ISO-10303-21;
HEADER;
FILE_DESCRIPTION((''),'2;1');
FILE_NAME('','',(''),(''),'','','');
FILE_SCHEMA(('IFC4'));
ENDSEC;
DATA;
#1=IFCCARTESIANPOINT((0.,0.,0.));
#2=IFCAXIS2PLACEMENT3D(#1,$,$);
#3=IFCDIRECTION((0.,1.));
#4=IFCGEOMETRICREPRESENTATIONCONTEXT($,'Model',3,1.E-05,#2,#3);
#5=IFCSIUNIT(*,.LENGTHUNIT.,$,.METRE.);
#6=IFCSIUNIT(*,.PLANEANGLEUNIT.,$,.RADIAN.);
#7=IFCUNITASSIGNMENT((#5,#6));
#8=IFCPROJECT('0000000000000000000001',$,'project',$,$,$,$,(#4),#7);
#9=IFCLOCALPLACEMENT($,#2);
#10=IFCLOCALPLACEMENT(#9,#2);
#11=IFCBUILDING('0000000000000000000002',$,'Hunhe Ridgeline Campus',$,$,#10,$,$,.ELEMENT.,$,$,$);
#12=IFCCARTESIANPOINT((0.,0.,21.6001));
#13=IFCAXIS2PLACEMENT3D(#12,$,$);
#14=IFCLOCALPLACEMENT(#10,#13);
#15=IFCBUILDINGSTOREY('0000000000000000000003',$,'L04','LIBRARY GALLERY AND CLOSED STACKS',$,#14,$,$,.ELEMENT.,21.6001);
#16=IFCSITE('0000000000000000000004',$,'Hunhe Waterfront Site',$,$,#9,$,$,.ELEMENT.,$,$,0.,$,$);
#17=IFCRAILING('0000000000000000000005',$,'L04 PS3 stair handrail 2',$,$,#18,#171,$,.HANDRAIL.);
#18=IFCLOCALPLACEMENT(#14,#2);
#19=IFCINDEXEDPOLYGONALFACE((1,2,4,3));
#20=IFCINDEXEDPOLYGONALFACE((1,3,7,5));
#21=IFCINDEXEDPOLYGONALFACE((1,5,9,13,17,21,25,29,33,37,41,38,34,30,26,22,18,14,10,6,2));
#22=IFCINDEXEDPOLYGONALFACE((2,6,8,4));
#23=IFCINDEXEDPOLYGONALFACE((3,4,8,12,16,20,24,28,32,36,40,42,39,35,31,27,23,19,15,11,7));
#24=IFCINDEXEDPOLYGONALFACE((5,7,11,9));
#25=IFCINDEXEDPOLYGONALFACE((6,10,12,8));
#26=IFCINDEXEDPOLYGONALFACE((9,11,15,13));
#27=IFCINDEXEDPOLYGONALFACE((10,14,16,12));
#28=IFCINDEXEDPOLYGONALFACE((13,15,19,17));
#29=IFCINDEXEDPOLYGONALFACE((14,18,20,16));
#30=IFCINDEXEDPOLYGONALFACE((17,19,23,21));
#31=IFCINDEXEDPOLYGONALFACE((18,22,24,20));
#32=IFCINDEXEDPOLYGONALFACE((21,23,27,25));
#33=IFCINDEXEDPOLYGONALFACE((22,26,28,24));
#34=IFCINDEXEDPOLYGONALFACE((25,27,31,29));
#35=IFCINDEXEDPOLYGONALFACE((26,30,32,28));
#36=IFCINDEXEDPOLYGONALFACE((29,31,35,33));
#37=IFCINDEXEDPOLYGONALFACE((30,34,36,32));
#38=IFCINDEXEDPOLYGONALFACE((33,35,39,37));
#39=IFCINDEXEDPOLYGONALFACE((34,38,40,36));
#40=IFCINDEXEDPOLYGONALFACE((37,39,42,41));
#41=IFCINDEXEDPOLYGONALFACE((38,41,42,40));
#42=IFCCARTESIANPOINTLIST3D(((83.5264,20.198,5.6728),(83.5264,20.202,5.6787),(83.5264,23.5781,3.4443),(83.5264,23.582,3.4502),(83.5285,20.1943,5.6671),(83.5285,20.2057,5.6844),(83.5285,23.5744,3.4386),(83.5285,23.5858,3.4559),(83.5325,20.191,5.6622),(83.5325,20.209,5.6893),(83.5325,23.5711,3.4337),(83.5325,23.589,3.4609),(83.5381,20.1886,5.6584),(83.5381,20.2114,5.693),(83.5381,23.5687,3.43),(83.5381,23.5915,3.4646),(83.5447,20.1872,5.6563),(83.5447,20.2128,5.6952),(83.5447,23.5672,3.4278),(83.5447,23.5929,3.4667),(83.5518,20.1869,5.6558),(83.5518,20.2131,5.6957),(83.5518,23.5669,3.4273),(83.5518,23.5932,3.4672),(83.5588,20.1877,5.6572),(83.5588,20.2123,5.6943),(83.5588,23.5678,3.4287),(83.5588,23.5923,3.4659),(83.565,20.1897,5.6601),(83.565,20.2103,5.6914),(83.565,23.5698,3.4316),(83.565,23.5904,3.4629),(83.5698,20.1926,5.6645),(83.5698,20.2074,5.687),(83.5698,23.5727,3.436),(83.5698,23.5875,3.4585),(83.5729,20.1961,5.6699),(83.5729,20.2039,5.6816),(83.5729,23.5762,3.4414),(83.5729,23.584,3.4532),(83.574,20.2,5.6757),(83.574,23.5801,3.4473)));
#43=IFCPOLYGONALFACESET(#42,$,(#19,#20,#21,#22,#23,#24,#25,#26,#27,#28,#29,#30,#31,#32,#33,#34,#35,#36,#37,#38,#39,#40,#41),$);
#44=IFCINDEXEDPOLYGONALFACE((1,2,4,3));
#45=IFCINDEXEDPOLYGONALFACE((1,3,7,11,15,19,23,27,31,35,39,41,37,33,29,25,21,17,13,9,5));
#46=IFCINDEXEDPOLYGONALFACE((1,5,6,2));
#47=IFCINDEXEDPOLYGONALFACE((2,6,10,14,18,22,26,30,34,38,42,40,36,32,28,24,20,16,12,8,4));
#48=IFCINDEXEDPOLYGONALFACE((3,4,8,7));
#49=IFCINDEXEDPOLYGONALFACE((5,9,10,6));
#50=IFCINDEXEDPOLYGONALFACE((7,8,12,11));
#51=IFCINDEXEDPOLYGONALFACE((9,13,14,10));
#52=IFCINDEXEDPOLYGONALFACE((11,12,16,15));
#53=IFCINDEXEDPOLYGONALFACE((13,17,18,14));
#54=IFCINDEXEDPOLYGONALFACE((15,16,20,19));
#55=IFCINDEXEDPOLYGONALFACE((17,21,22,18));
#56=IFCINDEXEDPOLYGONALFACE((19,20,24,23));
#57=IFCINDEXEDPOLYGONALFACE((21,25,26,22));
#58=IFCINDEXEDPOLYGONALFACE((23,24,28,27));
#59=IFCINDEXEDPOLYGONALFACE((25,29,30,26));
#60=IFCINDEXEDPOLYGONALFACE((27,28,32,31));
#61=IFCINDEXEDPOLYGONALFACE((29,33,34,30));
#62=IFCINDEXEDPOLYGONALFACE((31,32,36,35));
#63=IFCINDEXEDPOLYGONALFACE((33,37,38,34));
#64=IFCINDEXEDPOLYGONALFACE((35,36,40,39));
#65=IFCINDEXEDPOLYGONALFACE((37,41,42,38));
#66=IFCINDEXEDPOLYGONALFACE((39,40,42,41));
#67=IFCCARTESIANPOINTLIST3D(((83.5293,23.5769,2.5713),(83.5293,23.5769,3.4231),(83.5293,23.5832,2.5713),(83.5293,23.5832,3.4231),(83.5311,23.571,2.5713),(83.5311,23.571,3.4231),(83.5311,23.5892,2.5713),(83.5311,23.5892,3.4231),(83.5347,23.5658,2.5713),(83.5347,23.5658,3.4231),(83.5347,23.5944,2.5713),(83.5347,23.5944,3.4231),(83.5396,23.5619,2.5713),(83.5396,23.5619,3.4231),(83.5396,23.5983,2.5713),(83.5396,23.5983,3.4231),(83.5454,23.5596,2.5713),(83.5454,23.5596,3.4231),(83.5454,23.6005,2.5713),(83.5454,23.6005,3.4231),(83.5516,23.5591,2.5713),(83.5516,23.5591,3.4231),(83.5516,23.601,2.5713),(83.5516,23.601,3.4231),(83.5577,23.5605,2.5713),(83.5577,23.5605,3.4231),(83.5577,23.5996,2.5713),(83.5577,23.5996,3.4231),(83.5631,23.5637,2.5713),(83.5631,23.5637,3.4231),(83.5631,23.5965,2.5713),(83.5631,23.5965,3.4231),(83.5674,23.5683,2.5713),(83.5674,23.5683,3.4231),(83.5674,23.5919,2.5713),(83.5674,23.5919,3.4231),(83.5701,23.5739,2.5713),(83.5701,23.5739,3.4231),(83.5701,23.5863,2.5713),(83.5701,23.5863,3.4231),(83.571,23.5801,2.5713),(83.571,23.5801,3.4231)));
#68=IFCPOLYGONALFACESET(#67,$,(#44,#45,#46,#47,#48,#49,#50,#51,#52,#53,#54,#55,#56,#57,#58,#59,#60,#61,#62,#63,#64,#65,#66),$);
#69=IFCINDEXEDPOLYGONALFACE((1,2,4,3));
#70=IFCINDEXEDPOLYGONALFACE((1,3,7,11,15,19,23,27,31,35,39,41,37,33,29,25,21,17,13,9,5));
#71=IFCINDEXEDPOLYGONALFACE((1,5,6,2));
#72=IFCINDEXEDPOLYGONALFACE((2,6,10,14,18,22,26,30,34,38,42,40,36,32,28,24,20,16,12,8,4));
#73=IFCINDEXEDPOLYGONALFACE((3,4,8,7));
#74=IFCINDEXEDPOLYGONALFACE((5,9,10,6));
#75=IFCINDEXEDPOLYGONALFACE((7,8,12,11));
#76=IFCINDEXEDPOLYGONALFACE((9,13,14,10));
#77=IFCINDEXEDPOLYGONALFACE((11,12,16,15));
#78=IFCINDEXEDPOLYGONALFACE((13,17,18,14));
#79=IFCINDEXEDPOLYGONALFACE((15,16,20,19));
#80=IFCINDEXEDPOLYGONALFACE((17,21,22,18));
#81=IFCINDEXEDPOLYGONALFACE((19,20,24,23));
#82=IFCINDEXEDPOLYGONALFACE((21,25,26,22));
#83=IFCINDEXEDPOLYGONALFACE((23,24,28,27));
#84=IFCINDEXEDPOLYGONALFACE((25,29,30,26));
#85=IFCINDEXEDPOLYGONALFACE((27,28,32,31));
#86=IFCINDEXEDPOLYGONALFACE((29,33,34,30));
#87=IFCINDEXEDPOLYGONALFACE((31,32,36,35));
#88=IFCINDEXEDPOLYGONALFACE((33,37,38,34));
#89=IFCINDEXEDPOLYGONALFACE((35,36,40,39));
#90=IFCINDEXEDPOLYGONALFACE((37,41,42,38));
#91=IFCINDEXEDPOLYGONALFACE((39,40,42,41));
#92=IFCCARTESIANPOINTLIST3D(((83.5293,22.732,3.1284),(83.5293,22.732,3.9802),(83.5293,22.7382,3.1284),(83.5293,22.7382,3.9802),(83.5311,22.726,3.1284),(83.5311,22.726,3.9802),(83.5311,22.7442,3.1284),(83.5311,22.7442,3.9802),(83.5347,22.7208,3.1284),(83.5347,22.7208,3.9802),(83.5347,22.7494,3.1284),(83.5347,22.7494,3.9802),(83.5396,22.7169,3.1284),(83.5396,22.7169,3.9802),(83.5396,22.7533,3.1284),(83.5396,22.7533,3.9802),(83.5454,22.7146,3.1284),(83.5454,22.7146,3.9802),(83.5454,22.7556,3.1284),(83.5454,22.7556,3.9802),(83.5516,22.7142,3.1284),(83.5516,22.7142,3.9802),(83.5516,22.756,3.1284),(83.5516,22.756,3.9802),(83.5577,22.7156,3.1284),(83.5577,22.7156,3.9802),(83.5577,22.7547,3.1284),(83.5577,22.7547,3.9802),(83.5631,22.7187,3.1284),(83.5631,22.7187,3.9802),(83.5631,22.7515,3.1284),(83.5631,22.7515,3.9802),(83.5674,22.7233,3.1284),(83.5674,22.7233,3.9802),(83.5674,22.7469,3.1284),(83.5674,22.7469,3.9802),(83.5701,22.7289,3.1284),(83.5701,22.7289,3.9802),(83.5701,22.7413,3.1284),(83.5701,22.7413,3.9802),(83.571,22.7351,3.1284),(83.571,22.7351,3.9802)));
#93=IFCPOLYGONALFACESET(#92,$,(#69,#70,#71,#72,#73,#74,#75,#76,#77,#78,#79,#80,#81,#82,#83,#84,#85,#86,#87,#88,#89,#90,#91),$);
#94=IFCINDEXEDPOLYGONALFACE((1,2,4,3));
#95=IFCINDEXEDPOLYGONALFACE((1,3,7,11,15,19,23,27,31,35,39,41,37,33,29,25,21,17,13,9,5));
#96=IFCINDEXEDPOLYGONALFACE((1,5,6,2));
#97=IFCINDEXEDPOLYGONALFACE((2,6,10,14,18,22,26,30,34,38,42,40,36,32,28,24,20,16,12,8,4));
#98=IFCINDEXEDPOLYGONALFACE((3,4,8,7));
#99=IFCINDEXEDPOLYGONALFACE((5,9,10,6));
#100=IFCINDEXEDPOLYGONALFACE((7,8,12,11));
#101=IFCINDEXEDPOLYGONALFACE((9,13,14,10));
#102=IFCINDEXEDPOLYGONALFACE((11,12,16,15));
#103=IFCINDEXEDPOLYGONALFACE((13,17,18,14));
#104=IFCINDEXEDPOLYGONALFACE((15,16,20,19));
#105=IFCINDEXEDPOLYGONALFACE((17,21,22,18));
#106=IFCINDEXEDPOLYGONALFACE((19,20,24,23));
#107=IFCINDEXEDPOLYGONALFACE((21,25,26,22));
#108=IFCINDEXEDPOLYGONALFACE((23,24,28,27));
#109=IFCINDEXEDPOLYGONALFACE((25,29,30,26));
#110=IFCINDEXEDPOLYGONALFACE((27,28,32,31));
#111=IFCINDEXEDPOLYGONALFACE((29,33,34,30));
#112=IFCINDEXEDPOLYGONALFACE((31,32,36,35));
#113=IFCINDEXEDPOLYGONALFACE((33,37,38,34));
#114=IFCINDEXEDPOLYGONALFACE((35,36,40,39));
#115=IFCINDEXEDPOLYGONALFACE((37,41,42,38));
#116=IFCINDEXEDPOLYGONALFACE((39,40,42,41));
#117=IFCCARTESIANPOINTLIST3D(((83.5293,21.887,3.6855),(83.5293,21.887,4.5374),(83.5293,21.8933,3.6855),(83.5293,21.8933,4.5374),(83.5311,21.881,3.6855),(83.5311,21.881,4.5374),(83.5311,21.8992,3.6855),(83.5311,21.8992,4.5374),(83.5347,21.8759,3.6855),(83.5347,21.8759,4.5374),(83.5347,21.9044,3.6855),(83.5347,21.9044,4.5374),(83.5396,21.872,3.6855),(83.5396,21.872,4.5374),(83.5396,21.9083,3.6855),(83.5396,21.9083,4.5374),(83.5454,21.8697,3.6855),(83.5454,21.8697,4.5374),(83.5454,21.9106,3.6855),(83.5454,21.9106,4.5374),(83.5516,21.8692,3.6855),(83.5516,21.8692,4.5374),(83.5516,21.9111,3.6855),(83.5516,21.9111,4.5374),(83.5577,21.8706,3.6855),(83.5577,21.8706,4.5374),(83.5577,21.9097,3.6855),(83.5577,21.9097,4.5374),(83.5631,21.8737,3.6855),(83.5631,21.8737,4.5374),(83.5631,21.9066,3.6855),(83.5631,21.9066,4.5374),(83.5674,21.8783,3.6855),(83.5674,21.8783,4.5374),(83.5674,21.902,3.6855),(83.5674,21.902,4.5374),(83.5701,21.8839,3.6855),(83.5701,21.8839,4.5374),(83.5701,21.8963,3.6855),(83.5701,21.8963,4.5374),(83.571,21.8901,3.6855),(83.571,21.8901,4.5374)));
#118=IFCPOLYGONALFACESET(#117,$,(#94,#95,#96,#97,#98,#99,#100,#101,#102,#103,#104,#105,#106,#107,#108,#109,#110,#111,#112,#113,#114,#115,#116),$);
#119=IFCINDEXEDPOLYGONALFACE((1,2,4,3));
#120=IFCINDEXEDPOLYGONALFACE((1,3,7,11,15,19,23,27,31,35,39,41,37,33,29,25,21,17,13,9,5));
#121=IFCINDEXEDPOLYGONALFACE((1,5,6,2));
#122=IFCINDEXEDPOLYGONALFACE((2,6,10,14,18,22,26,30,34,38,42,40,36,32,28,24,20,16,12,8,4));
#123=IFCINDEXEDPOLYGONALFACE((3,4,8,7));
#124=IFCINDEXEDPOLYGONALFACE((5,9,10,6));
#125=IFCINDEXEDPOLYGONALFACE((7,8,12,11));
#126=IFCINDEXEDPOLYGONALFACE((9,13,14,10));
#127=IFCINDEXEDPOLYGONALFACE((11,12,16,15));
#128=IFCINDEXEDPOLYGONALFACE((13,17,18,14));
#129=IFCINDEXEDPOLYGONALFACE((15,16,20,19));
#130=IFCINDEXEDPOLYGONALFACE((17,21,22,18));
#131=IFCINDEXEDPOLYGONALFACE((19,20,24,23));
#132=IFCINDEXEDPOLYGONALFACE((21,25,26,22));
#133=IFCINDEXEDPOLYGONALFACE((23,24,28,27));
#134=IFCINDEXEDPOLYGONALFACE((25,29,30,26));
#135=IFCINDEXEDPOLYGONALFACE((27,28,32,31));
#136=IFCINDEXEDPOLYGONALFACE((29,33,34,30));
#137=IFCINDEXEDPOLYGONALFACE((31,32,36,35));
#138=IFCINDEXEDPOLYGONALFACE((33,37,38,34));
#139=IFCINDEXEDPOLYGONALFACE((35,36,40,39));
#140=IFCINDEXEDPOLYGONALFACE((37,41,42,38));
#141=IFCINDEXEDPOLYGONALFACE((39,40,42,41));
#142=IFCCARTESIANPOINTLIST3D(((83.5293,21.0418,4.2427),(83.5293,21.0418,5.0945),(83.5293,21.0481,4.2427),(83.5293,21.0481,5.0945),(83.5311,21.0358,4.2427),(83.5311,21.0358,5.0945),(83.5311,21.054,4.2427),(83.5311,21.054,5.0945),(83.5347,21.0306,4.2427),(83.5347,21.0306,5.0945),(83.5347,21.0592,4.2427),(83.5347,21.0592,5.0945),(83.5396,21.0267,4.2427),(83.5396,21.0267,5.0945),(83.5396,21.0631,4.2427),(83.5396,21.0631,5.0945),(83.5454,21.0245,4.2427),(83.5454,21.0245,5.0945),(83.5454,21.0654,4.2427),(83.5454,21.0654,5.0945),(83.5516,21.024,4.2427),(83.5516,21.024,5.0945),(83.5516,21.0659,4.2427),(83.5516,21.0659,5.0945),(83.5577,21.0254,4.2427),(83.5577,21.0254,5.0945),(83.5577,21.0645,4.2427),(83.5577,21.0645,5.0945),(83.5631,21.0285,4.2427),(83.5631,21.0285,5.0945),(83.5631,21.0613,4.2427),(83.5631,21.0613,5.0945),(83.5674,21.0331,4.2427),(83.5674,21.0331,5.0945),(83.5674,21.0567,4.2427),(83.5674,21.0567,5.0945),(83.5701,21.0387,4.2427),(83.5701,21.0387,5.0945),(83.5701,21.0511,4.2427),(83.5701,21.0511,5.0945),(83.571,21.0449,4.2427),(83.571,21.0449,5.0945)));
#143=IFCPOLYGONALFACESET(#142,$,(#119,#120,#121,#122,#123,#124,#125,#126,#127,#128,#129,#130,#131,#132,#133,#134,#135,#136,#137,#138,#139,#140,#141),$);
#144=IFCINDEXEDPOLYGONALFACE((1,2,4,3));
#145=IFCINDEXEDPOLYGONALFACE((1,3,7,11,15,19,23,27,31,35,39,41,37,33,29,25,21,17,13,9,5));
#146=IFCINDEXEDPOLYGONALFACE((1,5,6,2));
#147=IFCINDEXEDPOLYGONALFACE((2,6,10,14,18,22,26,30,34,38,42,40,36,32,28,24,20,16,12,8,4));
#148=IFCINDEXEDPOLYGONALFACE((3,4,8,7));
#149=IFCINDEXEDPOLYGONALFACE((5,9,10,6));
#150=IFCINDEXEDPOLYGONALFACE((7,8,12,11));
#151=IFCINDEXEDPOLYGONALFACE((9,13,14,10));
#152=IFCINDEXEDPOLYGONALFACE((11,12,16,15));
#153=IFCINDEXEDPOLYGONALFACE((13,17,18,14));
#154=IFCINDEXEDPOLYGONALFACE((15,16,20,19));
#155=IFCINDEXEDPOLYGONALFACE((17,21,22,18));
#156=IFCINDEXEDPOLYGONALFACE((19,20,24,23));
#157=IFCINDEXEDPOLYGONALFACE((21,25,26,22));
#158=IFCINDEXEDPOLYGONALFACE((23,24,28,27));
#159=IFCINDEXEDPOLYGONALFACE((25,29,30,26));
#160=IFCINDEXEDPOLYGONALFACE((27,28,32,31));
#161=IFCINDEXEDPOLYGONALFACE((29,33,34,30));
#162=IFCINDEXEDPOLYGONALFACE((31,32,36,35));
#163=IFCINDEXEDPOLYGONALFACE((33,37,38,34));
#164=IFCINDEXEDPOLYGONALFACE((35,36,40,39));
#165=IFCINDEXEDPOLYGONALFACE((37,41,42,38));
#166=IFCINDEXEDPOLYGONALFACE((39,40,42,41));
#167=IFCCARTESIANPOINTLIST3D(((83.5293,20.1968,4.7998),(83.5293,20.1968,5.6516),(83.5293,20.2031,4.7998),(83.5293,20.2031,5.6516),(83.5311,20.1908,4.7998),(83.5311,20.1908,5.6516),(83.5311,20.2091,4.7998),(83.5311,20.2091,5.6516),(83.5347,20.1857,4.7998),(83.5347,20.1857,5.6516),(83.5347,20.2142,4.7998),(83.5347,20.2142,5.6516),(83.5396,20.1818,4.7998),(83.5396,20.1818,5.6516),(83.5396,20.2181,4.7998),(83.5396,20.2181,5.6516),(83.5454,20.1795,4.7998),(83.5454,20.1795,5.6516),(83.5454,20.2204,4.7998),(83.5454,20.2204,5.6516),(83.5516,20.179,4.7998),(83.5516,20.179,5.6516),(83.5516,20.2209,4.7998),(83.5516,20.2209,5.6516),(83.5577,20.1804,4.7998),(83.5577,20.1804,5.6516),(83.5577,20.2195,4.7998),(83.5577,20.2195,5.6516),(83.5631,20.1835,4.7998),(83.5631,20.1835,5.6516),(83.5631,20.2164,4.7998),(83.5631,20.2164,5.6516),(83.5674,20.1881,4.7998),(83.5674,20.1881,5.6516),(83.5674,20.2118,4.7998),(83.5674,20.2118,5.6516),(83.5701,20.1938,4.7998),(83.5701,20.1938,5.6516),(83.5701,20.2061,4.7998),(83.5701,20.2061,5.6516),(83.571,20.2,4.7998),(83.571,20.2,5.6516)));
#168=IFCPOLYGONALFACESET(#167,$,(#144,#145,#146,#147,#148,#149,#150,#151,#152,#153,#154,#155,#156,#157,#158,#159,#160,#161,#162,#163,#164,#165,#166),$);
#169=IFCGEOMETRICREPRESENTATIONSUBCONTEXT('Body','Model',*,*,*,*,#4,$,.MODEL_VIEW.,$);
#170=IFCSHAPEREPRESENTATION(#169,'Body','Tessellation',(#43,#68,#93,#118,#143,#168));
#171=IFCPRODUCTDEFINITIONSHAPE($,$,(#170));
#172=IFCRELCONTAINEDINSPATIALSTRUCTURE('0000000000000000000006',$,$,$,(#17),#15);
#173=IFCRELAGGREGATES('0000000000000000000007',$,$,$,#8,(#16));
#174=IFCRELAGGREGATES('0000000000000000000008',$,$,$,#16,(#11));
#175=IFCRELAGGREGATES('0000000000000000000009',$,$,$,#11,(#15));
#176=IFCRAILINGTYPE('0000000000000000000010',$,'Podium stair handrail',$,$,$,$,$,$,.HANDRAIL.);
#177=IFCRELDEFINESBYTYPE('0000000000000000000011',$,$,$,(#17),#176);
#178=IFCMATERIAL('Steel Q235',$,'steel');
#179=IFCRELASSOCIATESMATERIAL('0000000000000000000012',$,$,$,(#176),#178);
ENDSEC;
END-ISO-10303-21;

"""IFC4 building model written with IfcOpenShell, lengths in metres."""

from ifc_helpers import new_model, si_unit, direction, frame, origin, origin_2d, place, context, subcontext, project, spatial, circle, extrude, material, type_object, element, save


model = new_model("IFC4")

# Units and contexts
model_context = context("Model", 3, precision=1e-05, world=origin(), true_north=direction((0.0, 1.0)))
body_context = subcontext(model_context, "Body", "Model", "MODEL_VIEW")
ifc_project = project(units=[si_unit("LENGTHUNIT", "METRE"), si_unit("PLANEANGLEUNIT", "RADIAN")], contexts=[model_context])

# Site, building, storey
site_placement = place(None, origin())
site = spatial("IfcSite", under=ifc_project, at=site_placement, Name="Hunhe Waterfront Site", CompositionType="ELEMENT", RefElevation=0.0)
building_placement = place(site_placement, origin())
building = spatial("IfcBuilding", under=site, at=building_placement, Name="Hunhe Ridgeline Campus", CompositionType="ELEMENT")
storey_placement = place(building_placement, frame((0.0, 0.0, 21.6001)))
storey = spatial("IfcBuildingStorey", under=building, at=storey_placement, Name="L04", Description="LIBRARY GALLERY AND CLOSED STACKS", CompositionType="ELEMENT", Elevation=21.6001)

# Shared definitions
ifc_material_1 = material(Name="Steel Q235", Category="steel")

# Railing
railing_type_1 = type_object("IfcRailingType", Name="Podium stair handrail", PredefinedType="HANDRAIL", material=ifc_material_1)
railing_1_placement = place(storey_placement, frame((83.55, 23.5801, 2.5713)))
element("IfcRailing", 1, at=railing_1_placement, inside=storey, type_object=railing_type_1, Name="L04 PS3 stair handrail 2", PredefinedType="HANDRAIL", context=body_context, shape_type="SweptSolid", body=[
    extrude(circle(Radius=0.0239, at=origin_2d()), frame((0.0, 0.0, 0.876), z_axis=(0.0, -0.834878, 0.550435), x_axis=(1.0, 0.0, 0.0)), (0.0, 0.0, 1.0), 4.0486),
    extrude(circle(Radius=0.021, at=origin_2d()), origin(), (0.0, 0.0, 1.0), 0.8518),
    extrude(circle(Radius=0.021, at=origin_2d()), frame((0.0, -0.845, 0.5571)), (0.0, 0.0, 1.0), 0.8518),
    extrude(circle(Radius=0.021, at=origin_2d()), frame((0.0, -1.6899, 1.1143)), (0.0, 0.0, 1.0), 0.8518),
    extrude(circle(Radius=0.021, at=origin_2d()), frame((0.0, -2.5352, 1.6714)), (0.0, 0.0, 1.0), 0.8518),
    extrude(circle(Radius=0.021, at=origin_2d()), frame((0.0, -3.3801, 2.2285)), (0.0, 0.0, 1.0), 0.8518),
])

save(model, "model.ifc")
